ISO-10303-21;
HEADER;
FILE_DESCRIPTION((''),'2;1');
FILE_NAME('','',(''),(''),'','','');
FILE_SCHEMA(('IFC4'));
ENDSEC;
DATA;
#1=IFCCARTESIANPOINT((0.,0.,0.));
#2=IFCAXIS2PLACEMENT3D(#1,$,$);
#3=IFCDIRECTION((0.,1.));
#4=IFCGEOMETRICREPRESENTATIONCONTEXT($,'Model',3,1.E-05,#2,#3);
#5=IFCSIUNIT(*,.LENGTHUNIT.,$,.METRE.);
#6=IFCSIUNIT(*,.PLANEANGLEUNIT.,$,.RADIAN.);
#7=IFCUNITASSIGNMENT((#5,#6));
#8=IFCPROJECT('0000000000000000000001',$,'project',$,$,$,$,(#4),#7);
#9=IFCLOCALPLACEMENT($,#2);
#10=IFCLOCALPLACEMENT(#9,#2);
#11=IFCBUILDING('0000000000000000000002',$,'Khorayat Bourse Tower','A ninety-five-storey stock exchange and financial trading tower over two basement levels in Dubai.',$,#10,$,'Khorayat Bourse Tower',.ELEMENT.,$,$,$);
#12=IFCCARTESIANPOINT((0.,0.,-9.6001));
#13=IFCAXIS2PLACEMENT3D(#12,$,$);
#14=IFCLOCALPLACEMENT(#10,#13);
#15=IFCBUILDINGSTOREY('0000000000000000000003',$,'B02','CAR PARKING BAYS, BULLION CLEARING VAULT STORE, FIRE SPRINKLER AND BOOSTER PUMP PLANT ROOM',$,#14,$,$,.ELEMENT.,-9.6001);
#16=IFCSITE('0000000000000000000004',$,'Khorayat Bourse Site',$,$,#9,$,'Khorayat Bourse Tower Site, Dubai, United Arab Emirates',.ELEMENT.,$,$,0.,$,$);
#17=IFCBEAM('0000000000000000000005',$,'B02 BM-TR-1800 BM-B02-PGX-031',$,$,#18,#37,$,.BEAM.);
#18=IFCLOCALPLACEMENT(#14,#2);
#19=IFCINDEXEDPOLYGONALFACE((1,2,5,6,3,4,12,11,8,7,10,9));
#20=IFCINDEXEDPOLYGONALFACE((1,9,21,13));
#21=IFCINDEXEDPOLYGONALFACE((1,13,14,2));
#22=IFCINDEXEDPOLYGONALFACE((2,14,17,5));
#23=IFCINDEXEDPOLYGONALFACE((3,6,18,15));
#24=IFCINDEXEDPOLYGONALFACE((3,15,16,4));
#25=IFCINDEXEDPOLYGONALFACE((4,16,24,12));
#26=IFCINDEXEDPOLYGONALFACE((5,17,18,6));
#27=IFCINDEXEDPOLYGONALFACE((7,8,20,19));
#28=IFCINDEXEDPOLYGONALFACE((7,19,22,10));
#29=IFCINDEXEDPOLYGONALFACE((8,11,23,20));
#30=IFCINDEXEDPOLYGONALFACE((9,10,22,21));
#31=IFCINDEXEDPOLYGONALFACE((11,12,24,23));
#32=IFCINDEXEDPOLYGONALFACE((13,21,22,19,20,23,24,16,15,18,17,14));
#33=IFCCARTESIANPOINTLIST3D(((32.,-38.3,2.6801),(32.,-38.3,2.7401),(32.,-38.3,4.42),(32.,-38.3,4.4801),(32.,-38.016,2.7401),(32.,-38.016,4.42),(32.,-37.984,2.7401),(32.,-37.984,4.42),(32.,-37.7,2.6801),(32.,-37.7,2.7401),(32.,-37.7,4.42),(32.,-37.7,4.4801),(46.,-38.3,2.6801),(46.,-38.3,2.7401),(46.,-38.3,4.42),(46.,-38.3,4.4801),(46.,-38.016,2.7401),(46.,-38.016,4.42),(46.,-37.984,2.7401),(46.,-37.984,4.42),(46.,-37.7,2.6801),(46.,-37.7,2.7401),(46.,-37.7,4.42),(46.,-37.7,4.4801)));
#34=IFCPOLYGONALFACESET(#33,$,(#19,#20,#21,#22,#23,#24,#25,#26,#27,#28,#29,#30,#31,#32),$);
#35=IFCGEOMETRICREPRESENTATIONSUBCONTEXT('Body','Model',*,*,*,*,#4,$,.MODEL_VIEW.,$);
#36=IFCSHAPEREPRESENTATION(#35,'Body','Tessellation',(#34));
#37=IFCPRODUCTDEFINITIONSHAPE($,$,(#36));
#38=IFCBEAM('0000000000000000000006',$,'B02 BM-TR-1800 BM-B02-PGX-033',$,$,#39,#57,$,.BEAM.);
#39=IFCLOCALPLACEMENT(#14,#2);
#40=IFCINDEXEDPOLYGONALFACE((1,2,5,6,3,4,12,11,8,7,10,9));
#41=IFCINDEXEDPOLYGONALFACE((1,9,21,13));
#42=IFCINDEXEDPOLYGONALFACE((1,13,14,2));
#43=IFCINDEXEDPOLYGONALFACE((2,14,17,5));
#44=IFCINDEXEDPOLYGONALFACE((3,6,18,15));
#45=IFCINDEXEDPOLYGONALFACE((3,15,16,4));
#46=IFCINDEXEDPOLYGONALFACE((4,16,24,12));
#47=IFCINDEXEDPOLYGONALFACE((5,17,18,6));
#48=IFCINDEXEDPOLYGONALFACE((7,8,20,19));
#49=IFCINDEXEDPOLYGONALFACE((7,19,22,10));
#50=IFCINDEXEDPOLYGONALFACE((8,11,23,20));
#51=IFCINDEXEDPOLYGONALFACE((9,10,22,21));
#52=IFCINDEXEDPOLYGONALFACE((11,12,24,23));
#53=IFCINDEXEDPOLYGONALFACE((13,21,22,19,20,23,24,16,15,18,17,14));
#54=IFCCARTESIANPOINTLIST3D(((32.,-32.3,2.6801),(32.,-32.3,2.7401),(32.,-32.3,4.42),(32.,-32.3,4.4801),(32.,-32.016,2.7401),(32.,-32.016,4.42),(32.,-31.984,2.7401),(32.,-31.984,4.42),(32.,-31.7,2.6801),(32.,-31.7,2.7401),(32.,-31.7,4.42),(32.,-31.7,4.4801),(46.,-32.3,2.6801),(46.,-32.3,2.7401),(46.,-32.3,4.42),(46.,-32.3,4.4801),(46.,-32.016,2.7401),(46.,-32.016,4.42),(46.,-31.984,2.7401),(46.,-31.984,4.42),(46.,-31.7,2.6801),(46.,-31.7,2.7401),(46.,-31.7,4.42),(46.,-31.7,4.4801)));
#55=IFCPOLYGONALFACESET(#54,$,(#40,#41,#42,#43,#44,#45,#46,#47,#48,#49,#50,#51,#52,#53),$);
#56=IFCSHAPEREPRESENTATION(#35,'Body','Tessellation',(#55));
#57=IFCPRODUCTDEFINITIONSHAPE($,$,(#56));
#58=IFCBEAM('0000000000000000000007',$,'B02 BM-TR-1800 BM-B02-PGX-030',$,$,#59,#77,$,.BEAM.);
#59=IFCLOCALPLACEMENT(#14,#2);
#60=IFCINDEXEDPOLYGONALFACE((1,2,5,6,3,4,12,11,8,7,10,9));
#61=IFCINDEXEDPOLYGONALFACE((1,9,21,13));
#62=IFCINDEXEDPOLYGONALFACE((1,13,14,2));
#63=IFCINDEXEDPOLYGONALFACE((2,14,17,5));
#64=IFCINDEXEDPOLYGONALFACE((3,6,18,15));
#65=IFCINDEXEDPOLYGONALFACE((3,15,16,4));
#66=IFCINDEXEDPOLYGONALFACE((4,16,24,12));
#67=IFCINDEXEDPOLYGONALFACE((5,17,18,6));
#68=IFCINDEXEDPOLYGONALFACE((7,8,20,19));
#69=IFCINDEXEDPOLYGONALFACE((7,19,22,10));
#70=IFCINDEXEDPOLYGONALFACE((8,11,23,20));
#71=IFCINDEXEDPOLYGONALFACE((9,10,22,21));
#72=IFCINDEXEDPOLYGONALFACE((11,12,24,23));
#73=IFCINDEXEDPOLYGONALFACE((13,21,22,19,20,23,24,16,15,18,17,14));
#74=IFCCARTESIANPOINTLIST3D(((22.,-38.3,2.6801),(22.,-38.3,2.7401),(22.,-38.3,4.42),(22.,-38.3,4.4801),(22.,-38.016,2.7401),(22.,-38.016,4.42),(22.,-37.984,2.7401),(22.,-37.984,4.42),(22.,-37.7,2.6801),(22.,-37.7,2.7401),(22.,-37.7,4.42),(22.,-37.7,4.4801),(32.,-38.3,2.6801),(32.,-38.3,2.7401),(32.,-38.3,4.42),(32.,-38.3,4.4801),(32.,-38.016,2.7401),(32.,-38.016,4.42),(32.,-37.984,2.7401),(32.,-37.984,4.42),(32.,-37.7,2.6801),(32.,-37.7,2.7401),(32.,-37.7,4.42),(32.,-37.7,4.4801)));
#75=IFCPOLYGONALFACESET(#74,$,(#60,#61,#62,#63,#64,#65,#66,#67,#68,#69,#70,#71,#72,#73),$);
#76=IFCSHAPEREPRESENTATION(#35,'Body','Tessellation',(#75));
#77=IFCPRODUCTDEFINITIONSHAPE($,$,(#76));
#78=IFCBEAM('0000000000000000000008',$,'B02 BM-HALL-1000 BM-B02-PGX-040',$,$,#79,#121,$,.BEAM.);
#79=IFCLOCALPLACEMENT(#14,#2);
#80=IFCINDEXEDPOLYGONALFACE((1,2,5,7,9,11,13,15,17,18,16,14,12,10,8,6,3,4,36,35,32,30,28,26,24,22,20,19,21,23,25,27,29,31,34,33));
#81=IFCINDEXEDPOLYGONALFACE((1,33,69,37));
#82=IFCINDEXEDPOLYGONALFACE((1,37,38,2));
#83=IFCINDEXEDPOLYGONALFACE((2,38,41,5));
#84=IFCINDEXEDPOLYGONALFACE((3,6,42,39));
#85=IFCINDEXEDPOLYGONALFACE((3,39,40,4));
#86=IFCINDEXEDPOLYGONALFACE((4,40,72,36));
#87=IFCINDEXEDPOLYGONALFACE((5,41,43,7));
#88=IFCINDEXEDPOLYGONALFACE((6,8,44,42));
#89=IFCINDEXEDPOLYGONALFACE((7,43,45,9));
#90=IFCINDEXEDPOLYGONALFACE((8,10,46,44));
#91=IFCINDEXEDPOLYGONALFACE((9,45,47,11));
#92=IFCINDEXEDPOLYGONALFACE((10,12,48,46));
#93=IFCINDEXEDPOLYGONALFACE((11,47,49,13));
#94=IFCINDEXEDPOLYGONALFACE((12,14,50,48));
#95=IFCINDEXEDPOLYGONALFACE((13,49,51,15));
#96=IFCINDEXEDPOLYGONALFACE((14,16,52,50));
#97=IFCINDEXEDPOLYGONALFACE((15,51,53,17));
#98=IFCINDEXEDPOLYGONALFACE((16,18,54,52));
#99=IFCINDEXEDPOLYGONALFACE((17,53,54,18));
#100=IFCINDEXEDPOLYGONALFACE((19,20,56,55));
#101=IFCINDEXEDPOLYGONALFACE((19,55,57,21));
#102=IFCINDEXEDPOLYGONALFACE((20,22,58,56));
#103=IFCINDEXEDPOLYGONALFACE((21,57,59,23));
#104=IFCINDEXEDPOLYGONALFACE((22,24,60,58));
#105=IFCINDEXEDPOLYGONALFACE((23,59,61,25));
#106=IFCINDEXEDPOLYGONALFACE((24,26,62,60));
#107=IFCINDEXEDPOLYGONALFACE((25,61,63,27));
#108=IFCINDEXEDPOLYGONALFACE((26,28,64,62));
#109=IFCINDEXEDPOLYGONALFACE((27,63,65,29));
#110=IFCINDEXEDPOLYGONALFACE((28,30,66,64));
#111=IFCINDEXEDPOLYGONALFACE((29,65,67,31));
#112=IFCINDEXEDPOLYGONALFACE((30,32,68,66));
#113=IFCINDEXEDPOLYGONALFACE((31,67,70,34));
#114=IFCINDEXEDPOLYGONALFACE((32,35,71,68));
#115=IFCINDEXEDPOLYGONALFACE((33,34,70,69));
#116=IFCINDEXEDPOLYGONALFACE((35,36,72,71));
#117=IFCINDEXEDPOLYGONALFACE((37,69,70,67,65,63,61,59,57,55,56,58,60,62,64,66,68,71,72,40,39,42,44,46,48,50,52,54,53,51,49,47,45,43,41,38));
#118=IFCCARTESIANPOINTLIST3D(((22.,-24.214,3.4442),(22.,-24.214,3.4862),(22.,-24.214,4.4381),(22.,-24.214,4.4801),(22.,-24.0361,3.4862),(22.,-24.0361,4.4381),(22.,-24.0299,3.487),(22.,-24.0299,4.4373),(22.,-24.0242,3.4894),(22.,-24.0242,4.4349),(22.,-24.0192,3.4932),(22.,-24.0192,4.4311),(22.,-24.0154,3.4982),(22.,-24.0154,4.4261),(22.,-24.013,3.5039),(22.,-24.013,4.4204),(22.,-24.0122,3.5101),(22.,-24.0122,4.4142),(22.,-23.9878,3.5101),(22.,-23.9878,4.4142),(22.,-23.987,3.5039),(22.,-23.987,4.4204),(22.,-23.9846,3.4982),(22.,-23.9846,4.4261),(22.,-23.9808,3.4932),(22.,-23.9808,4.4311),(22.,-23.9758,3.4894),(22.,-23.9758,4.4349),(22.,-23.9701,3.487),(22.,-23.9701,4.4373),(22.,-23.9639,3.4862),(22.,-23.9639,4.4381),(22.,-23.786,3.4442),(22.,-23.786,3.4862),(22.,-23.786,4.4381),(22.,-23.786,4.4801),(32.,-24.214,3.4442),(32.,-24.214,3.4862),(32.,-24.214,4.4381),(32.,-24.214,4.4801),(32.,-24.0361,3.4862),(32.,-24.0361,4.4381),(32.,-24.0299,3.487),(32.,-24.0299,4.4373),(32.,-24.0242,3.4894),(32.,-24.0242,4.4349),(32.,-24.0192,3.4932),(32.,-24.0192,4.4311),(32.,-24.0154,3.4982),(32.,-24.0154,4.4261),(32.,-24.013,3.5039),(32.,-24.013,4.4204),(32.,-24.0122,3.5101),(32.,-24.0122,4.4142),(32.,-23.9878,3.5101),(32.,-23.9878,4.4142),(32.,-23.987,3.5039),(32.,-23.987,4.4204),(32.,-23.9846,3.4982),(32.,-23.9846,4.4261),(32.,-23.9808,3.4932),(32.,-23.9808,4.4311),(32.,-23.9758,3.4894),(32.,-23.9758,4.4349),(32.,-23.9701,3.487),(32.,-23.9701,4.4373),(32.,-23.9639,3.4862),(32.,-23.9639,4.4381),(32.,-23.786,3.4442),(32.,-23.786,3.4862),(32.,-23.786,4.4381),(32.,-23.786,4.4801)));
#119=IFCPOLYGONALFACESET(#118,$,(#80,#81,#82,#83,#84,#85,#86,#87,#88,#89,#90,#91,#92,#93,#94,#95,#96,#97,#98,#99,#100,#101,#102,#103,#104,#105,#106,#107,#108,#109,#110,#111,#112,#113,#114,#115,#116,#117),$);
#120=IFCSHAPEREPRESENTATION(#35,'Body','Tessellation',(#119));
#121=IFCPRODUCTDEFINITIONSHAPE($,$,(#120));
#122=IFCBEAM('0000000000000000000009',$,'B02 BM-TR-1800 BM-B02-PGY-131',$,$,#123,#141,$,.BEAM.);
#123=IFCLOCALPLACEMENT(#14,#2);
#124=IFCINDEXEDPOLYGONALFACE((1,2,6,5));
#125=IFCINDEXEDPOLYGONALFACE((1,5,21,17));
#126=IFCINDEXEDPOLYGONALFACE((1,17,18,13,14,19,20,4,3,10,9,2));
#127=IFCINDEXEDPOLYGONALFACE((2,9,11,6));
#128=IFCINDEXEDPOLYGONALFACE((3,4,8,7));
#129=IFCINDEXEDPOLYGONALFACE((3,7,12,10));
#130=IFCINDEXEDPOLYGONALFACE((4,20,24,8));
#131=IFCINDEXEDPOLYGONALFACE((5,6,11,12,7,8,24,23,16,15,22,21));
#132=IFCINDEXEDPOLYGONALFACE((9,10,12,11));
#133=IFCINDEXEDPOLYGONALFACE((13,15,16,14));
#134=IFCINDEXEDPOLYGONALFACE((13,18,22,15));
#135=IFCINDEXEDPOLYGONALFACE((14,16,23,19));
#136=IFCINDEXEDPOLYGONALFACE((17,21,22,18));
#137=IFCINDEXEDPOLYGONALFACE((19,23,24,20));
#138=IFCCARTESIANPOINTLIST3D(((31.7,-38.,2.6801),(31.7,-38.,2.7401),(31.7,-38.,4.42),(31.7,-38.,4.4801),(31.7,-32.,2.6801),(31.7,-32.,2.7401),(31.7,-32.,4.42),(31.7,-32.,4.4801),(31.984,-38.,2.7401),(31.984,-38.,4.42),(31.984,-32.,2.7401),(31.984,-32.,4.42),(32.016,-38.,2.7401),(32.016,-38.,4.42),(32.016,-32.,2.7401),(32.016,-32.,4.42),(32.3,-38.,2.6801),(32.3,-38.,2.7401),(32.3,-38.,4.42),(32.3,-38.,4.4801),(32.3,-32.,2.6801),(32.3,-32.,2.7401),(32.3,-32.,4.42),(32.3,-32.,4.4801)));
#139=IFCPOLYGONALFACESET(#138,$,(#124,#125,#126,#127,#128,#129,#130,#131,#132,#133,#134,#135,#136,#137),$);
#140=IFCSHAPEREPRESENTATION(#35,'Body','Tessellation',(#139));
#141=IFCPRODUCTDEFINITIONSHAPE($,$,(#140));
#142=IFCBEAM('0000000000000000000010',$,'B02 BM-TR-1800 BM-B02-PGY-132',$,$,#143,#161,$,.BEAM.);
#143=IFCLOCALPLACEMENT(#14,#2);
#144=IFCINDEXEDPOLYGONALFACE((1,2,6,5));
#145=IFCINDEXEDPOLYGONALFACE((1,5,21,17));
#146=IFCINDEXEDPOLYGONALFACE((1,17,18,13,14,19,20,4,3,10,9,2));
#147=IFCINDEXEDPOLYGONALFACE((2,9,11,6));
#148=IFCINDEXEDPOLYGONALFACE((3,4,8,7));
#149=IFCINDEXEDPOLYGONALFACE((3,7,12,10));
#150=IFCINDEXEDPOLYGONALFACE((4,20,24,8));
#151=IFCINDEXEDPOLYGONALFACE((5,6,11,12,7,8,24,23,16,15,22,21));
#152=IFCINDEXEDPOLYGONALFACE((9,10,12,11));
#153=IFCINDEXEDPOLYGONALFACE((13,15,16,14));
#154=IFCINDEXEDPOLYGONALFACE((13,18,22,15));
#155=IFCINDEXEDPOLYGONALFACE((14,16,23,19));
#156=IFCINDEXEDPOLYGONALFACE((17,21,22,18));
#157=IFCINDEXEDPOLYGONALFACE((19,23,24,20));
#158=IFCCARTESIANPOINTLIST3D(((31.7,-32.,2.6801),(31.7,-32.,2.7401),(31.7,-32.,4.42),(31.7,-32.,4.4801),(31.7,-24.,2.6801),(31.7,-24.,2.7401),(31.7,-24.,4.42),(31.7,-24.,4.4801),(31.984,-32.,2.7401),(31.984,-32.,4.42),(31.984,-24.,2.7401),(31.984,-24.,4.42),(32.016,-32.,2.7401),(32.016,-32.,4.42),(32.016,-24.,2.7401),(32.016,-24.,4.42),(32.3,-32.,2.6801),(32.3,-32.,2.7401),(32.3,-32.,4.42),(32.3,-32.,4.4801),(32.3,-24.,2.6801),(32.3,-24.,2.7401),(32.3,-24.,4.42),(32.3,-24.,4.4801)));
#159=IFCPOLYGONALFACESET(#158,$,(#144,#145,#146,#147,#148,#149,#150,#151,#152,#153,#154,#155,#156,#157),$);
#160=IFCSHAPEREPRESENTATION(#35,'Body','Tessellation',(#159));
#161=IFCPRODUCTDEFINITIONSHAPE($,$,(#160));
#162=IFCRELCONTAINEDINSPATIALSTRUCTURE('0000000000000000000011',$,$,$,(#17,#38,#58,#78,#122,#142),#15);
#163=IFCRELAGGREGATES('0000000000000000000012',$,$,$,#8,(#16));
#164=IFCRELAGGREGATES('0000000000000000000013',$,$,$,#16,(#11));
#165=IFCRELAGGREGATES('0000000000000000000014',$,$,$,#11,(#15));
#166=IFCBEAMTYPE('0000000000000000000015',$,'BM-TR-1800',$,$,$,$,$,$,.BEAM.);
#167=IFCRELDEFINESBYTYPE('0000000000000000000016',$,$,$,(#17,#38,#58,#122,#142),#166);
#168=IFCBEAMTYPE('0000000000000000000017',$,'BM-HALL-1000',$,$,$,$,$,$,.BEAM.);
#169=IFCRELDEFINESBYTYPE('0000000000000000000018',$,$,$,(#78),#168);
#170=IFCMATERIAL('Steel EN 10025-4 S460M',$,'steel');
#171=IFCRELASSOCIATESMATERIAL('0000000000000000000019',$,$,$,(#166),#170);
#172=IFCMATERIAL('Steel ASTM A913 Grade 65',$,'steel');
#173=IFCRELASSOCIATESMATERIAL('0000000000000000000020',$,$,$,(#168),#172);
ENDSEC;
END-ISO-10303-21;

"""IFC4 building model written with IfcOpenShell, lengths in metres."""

from ifc_helpers import new_model, si_unit, direction, frame, origin, origin_2d, place, context, subcontext, project, spatial, i_section, extrude, source, transform, mapped, material, material_profile, profile_set, type_object, element, save


model = new_model("IFC4")

# Units and contexts
model_context = context("Model", 3, precision=1e-05, world=origin(), true_north=direction((0.0, 1.0)))
body_context = subcontext(model_context, "Body", "Model", "MODEL_VIEW")
ifc_project = project(units=[si_unit("LENGTHUNIT", "METRE"), si_unit("PLANEANGLEUNIT", "RADIAN")], contexts=[model_context])

# Site, building, storey
site_placement = place(None, origin())
site = spatial("IfcSite", under=ifc_project, at=site_placement, Name="Khorayat Bourse Site", LongName="Khorayat Bourse Tower Site, Dubai, United Arab Emirates", CompositionType="ELEMENT", RefElevation=0.0)
building_placement = place(site_placement, origin())
building = spatial("IfcBuilding", under=site, at=building_placement, Name="Khorayat Bourse Tower", Description="A ninety-five-storey stock exchange and financial trading tower over two basement levels in Dubai.", LongName="Khorayat Bourse Tower", CompositionType="ELEMENT")
storey_placement = place(building_placement, frame((0.0, 0.0, -9.6001)))
storey = spatial("IfcBuildingStorey", under=building, at=storey_placement, Name="B02", Description="CAR PARKING BAYS, BULLION CLEARING VAULT STORE, FIRE SPRINKLER AND BOOSTER PUMP PLANT ROOM", CompositionType="ELEMENT", Elevation=-9.6001)

# Beams
ifc_material_1 = material(Name="Steel EN 10025-4 S460M", Category="steel")
ifc_material_profile_1 = material_profile(ifc_material_1, i_section(OverallWidth=0.6001, OverallDepth=1.8, WebThickness=0.032, FlangeThickness=0.0601, at=origin_2d()), Name="PG 1800x600x32x60")
ifc_profile_set_1 = profile_set([ifc_material_profile_1], Name="Steel EN 10025-4 S460M")
beam_type_1 = type_object("IfcBeamType", Name="BM-TR-1800", PredefinedType="BEAM", material=ifc_profile_set_1)
shared_shape_1 = source(origin(), body_context, "Body", "SweptSolid", [
    extrude(i_section(OverallWidth=0.6001, OverallDepth=1.8, WebThickness=0.032, FlangeThickness=0.0601, at=origin_2d()), origin(), (0.0, 0.0, 1.0), 14.0),
])
for number, where, z_axis, x_axis, name in (
    (1, (32.0, -38.0, 3.5801), (1.0, 0.0, 0.0), (0.0, 1.0, 0.0), "B02 BM-TR-1800 BM-B02-PGX-031"),
    (2, (32.0, -32.0, 3.5801), (1.0, 0.0, 0.0), (0.0, 1.0, 0.0), "B02 BM-TR-1800 BM-B02-PGX-033"),
):
    element("IfcBeam", number, at=place(storey_placement, frame(where, z_axis=z_axis, x_axis=x_axis)), inside=storey, type_object=beam_type_1, Name=name, PredefinedType="BEAM", context=body_context, shape_type="MappedRepresentation", body=[
        mapped(shared_shape_1, transform((0.0, 0.0, 0.0), scale=1.0)),
    ])
shared_shape_2 = source(origin(), body_context, "Body", "SweptSolid", [
    extrude(i_section(OverallWidth=0.6001, OverallDepth=1.8, WebThickness=0.032, FlangeThickness=0.0601, at=origin_2d()), origin(), (0.0, 0.0, 1.0), 10.0),
])
beam_1_placement = place(storey_placement, frame((22.0, -38.0, 3.5801), z_axis=(1.0, 0.0, 0.0), x_axis=(0.0, 1.0, 0.0)))
element("IfcBeam", 3, at=beam_1_placement, inside=storey, type_object=beam_type_1, Name="B02 BM-TR-1800 BM-B02-PGX-030", PredefinedType="BEAM", context=body_context, shape_type="MappedRepresentation", body=[
    mapped(shared_shape_2, transform((0.0, 0.0, 0.0), scale=1.0)),
])
ifc_material_2 = material(Name="Steel ASTM A913 Grade 65", Category="steel")
ifc_material_profile_2 = material_profile(ifc_material_2, i_section(OverallWidth=0.428, OverallDepth=1.0359, WebThickness=0.0244, FlangeThickness=0.042, FilletRadius=0.0239, at=origin_2d()), Name="W1000X443")
ifc_profile_set_2 = profile_set([ifc_material_profile_2], Name="Steel ASTM A913 Grade 65")
beam_type_2 = type_object("IfcBeamType", Name="BM-HALL-1000", PredefinedType="BEAM", material=ifc_profile_set_2)
shared_shape_3 = source(origin(), body_context, "Body", "SweptSolid", [
    extrude(i_section(OverallWidth=0.428, OverallDepth=1.0359, WebThickness=0.0244, FlangeThickness=0.042, FilletRadius=0.0239, at=origin_2d()), origin(), (0.0, 0.0, 1.0), 10.0),
])
beam_2_placement = place(storey_placement, frame((22.0, -24.0, 3.9622), z_axis=(1.0, 0.0, 0.0), x_axis=(0.0, 1.0, 0.0)))
element("IfcBeam", 4, at=beam_2_placement, inside=storey, type_object=beam_type_2, Name="B02 BM-HALL-1000 BM-B02-PGX-040", PredefinedType="BEAM", context=body_context, shape_type="MappedRepresentation", body=[
    mapped(shared_shape_3, transform((0.0, 0.0, 0.0), scale=1.0)),
])
shared_shape_4 = source(origin(), body_context, "Body", "SweptSolid", [
    extrude(i_section(OverallWidth=0.6001, OverallDepth=1.8, WebThickness=0.032, FlangeThickness=0.0601, at=origin_2d()), origin(), (0.0, 0.0, 1.0), 6.0),
])
beam_3_placement = place(storey_placement, frame((32.0, -38.0, 3.5801), z_axis=(0.0, 1.0, 0.0), x_axis=(-1.0, 0.0, 0.0)))
element("IfcBeam", 5, at=beam_3_placement, inside=storey, type_object=beam_type_1, Name="B02 BM-TR-1800 BM-B02-PGY-131", PredefinedType="BEAM", context=body_context, shape_type="MappedRepresentation", body=[
    mapped(shared_shape_4, transform((0.0, 0.0, 0.0), scale=1.0)),
])
shared_shape_5 = source(origin(), body_context, "Body", "SweptSolid", [
    extrude(i_section(OverallWidth=0.6001, OverallDepth=1.8, WebThickness=0.032, FlangeThickness=0.0601, at=origin_2d()), origin(), (0.0, 0.0, 1.0), 8.0),
])
beam_4_placement = place(storey_placement, frame((32.0, -32.0, 3.5801), z_axis=(0.0, 1.0, 0.0), x_axis=(-1.0, 0.0, 0.0)))
element("IfcBeam", 6, at=beam_4_placement, inside=storey, type_object=beam_type_1, Name="B02 BM-TR-1800 BM-B02-PGY-132", PredefinedType="BEAM", context=body_context, shape_type="MappedRepresentation", body=[
    mapped(shared_shape_5, transform((0.0, 0.0, 0.0), scale=1.0)),
])

save(model, "model.ifc")
